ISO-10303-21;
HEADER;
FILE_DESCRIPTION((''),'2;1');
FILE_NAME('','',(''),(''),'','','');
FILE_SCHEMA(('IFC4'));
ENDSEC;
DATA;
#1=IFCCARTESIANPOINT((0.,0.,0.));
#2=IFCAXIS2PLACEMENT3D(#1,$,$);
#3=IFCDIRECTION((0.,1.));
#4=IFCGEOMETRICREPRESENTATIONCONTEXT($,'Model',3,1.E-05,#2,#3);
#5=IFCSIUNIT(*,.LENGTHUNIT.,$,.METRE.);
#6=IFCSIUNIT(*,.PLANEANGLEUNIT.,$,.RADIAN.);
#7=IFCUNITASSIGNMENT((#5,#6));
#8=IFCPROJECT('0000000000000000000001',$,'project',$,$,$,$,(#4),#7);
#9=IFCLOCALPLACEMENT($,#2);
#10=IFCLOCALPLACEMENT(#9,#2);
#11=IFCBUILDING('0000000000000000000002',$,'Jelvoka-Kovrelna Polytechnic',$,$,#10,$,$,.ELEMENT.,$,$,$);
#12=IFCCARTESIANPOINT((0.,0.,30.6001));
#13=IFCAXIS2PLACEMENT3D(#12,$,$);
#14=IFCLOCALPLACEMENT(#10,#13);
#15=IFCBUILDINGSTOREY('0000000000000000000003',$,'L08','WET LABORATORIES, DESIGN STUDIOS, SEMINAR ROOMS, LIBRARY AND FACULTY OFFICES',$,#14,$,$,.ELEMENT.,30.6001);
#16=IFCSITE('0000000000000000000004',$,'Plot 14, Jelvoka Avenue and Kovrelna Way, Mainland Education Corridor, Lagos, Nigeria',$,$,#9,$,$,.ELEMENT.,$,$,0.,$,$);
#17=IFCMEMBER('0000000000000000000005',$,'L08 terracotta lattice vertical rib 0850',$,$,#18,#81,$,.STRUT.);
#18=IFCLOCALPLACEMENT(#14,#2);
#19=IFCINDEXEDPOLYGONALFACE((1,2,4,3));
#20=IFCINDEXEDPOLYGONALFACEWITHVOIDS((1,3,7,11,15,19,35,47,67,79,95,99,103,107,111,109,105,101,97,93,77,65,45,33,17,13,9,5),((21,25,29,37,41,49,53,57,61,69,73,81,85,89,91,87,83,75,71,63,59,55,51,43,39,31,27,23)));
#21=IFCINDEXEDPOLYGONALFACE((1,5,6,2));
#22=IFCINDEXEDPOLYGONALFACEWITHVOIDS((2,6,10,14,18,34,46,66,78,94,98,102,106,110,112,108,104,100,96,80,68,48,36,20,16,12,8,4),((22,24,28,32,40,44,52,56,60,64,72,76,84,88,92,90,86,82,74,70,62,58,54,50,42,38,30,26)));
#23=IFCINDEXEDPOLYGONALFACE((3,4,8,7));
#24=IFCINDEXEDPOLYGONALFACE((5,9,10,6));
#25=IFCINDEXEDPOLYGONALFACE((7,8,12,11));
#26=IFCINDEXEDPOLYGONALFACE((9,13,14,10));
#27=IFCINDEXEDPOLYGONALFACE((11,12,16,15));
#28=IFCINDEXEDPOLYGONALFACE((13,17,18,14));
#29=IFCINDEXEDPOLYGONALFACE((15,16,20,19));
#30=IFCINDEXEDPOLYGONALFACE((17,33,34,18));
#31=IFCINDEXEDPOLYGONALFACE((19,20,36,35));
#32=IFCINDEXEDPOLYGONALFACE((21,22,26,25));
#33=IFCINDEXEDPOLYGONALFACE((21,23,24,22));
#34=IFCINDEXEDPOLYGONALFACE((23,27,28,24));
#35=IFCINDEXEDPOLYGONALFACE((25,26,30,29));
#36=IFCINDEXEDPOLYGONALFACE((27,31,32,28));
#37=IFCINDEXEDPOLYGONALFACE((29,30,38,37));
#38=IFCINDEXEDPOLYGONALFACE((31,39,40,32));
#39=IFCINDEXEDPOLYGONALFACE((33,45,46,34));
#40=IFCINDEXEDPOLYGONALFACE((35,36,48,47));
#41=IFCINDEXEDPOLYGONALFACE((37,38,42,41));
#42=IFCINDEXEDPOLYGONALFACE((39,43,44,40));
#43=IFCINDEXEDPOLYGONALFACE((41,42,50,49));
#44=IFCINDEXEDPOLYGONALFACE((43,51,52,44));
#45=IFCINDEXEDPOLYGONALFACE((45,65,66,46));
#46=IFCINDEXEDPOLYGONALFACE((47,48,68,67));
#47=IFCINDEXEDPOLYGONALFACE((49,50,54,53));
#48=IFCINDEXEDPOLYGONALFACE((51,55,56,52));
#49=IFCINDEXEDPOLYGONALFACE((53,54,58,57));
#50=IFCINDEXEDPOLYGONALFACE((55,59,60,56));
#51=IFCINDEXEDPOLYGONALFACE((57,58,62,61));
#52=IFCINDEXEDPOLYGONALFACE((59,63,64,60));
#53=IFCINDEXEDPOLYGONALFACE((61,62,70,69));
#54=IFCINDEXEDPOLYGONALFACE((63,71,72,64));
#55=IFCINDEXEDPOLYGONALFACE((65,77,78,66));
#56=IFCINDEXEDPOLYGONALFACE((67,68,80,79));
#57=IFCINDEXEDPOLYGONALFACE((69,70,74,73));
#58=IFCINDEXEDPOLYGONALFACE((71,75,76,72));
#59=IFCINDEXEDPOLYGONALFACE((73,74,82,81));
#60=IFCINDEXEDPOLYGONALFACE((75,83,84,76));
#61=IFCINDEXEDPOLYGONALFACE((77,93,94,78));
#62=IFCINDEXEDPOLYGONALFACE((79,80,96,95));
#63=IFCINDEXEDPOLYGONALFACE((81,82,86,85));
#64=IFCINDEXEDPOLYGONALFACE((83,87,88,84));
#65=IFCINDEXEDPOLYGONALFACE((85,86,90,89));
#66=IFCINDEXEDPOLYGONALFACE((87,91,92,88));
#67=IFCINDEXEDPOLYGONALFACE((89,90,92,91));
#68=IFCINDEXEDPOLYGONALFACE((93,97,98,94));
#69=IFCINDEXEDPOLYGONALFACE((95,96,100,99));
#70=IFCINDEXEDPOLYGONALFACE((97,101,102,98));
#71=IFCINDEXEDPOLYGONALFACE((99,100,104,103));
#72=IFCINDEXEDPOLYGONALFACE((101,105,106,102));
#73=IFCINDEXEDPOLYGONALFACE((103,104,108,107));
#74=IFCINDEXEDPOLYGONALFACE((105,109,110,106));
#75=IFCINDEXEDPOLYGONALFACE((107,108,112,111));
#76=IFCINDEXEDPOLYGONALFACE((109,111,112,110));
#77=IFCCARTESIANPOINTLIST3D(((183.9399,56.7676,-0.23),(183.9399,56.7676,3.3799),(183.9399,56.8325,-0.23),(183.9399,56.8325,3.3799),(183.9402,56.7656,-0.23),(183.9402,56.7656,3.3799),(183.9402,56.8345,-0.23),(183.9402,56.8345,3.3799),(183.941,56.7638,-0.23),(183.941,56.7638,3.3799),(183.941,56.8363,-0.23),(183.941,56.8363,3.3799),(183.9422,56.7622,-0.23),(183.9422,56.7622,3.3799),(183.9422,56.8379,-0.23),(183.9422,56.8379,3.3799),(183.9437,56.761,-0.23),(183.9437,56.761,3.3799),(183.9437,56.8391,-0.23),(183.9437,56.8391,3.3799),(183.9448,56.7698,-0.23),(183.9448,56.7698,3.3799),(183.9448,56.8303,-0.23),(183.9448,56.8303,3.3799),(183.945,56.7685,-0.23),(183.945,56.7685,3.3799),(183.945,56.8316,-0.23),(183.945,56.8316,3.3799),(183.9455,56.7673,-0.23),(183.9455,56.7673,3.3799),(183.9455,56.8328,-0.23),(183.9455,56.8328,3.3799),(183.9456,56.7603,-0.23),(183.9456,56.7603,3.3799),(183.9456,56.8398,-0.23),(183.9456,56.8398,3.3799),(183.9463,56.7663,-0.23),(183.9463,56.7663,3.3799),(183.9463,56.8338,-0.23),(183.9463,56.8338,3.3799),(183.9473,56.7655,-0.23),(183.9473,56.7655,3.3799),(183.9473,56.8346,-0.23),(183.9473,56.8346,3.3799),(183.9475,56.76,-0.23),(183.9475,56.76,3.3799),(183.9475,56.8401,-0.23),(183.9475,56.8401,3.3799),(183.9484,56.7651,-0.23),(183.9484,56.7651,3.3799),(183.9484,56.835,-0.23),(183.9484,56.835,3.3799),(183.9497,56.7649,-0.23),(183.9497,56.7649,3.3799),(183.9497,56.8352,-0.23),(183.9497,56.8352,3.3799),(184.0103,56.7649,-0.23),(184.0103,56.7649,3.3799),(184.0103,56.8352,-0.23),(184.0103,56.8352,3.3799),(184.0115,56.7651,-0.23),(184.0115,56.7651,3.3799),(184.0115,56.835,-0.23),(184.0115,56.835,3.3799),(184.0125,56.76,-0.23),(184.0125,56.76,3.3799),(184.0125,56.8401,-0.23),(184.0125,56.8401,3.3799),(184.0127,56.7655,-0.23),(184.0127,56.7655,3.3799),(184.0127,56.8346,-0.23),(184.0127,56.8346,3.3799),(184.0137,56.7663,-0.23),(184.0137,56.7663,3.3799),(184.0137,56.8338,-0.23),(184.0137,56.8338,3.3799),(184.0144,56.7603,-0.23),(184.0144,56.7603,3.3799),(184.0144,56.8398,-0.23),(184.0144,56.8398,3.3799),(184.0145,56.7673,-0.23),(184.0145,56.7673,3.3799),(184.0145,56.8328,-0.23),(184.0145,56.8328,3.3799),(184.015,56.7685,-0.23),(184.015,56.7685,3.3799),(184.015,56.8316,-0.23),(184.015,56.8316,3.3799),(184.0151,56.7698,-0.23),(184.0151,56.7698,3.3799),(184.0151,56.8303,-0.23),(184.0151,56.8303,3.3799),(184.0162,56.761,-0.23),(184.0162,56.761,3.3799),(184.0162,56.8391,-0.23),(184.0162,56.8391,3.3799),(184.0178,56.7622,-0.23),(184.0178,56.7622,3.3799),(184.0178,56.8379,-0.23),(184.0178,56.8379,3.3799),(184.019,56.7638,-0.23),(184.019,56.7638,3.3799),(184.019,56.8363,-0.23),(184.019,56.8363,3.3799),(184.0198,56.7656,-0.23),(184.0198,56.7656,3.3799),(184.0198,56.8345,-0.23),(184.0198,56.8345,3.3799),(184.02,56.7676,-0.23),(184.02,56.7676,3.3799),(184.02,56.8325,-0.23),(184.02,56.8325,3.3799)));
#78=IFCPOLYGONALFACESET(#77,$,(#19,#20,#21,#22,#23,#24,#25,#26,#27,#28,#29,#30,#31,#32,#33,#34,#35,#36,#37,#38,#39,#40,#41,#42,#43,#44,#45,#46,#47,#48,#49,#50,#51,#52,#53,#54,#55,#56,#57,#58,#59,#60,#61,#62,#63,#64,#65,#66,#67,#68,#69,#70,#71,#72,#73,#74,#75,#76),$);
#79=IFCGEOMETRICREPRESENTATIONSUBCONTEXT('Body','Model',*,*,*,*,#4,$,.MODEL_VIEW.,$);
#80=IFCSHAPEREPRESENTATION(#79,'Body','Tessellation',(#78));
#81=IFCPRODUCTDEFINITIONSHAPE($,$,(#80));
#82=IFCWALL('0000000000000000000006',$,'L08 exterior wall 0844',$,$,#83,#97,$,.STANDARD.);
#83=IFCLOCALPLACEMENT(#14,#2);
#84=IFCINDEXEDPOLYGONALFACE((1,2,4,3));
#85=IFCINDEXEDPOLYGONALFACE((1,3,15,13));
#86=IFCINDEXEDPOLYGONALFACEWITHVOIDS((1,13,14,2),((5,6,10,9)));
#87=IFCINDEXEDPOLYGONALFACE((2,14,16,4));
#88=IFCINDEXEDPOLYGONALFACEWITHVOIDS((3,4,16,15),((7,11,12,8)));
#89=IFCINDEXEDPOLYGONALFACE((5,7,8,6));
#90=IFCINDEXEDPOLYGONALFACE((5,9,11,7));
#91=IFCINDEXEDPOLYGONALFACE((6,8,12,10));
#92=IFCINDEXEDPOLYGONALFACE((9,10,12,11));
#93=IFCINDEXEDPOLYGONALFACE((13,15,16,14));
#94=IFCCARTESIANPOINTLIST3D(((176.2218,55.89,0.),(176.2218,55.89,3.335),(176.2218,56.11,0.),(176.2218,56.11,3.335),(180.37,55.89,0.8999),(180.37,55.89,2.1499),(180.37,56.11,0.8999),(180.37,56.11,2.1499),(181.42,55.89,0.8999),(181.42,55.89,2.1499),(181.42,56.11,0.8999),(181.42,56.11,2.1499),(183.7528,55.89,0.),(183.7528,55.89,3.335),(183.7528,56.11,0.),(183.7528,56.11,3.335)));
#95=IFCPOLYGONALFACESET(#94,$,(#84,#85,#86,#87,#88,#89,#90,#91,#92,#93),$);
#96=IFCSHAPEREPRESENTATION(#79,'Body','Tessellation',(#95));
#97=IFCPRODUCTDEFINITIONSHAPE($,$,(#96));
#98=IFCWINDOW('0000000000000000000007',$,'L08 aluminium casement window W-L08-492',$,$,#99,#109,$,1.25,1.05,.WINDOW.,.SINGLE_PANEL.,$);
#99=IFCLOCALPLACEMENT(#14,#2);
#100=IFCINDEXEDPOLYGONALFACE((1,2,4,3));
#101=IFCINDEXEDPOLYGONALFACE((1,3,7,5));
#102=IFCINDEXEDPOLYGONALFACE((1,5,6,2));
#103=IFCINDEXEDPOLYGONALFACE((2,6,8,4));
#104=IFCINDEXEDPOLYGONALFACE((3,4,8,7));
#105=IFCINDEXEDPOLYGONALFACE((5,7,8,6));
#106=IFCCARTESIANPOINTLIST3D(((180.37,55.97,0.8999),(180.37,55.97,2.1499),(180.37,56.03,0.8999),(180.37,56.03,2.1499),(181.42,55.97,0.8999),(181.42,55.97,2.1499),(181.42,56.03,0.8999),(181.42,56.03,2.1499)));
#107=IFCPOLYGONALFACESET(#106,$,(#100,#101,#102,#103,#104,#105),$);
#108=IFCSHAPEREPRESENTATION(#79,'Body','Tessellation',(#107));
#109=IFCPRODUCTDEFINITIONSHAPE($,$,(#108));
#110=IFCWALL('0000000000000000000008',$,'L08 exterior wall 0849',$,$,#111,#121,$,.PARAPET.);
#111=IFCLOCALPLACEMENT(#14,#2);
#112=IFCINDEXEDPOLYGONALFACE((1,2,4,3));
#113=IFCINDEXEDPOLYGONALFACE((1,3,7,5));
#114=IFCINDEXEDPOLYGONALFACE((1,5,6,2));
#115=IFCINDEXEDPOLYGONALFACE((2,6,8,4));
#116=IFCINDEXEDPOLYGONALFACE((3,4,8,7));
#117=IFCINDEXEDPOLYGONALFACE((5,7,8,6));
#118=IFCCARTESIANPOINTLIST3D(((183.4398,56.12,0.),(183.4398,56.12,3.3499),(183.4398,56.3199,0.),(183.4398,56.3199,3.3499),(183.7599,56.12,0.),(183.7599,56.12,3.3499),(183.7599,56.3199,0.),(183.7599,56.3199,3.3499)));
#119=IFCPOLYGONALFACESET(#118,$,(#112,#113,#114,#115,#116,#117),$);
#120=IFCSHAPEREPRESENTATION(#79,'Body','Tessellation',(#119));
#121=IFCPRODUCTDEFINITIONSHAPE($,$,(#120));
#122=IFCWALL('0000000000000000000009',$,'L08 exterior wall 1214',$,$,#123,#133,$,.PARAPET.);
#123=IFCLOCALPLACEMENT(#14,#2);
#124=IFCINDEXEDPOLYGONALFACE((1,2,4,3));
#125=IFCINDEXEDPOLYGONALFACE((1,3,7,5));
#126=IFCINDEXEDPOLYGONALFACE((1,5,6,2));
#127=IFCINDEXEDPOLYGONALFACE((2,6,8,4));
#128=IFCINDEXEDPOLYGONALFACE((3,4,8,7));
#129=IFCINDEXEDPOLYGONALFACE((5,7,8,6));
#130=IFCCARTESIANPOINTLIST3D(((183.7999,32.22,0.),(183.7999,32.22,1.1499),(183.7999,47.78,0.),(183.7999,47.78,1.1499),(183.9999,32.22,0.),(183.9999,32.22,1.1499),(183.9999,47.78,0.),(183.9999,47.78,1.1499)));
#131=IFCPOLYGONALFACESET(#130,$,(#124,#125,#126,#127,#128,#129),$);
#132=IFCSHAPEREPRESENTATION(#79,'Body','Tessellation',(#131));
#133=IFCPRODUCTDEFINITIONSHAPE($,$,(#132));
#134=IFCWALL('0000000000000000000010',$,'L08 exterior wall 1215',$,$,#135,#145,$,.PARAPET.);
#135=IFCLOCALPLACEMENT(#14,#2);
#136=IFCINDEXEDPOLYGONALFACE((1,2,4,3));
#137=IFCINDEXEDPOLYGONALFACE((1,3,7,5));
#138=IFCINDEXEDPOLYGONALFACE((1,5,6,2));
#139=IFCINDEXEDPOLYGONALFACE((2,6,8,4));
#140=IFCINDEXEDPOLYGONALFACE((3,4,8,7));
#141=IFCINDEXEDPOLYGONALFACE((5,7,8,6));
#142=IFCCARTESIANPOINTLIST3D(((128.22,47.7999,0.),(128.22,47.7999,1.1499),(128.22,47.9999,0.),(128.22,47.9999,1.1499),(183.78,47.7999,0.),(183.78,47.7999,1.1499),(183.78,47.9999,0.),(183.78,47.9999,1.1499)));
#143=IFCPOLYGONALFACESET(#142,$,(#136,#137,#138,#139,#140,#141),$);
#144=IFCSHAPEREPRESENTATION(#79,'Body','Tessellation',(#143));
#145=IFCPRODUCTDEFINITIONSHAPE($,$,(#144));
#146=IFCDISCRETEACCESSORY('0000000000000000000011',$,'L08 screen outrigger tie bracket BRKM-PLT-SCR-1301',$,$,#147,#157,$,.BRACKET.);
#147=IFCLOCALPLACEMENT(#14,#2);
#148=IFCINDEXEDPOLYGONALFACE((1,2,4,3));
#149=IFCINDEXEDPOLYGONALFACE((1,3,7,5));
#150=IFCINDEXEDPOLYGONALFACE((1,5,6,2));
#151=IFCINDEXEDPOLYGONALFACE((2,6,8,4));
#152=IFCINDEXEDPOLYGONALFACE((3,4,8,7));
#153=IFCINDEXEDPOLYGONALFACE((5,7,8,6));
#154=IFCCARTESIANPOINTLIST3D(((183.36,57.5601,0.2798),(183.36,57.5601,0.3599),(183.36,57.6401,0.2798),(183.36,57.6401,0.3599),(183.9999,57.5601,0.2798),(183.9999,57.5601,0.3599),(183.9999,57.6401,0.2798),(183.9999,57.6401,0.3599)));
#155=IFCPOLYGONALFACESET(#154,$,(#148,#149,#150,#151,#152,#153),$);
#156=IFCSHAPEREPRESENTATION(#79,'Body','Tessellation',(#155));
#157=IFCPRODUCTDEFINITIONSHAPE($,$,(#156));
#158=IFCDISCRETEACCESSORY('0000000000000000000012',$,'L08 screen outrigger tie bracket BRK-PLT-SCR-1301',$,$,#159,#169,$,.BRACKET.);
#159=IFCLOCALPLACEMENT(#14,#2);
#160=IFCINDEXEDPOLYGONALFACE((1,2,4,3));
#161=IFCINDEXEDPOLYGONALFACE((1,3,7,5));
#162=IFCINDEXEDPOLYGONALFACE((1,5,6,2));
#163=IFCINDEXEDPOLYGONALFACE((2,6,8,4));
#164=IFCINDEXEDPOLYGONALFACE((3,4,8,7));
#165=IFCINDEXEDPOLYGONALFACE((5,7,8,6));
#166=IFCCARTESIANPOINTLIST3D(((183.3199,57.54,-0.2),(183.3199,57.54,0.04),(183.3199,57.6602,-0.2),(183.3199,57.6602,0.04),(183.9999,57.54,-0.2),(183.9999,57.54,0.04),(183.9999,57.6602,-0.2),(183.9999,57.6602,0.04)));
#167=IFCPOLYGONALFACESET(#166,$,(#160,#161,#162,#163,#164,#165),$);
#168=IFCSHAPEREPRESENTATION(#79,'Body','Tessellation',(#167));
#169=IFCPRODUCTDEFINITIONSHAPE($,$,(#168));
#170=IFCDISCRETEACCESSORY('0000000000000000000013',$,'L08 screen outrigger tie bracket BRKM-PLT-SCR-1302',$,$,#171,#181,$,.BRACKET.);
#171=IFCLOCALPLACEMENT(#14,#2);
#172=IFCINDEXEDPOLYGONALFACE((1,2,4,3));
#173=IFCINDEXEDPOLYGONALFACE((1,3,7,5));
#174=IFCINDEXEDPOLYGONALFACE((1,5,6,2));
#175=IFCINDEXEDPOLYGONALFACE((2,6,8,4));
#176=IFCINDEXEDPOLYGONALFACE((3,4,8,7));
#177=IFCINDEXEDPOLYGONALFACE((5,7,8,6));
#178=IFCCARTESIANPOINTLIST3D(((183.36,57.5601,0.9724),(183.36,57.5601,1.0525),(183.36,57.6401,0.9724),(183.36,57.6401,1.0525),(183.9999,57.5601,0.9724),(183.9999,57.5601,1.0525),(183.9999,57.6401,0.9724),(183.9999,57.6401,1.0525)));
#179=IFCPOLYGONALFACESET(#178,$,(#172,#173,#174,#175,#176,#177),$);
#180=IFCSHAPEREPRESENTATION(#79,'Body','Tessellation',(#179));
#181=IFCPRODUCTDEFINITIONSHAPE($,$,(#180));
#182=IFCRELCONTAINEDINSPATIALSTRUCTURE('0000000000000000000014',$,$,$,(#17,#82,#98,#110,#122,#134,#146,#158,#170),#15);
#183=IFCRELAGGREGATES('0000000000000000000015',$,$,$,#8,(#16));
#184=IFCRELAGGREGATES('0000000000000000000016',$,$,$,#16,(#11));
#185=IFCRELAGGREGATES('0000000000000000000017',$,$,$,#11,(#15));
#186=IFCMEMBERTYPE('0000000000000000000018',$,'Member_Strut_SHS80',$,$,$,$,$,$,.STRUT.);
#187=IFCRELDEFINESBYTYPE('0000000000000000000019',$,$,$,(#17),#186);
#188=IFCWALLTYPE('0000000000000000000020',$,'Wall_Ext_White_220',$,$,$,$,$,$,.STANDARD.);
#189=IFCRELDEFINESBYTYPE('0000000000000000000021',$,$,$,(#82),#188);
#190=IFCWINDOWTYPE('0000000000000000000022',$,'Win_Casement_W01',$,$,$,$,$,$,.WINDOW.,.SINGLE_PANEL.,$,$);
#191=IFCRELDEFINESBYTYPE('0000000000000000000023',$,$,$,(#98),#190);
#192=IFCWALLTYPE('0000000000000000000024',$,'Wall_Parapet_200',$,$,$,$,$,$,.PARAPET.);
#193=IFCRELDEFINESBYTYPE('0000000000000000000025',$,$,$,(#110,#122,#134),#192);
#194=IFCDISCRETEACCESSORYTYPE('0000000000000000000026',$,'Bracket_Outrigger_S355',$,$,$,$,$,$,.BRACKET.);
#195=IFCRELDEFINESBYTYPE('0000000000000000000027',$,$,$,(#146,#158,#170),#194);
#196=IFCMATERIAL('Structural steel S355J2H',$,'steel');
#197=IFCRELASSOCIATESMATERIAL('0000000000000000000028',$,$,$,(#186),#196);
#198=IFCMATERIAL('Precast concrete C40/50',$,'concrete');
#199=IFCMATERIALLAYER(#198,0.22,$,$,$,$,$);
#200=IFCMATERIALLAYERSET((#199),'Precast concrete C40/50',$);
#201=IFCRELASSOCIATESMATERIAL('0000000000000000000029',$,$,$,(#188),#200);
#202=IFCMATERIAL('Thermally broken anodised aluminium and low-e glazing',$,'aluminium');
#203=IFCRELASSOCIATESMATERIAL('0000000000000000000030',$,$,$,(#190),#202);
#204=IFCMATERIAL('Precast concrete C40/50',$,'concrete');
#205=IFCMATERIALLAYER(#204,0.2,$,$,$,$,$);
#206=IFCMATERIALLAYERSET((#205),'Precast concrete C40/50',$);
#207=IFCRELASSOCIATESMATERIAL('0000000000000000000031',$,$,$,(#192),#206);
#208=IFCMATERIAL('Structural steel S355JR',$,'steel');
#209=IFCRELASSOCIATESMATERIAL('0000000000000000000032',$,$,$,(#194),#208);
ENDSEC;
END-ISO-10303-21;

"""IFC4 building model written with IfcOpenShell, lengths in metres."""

from ifc_helpers import new_model, si_unit, direction, frame, frame_2d, origin, origin_2d, place, context, subcontext, project, spatial, rectangle, hollow_rectangle, extrude, material, layer, layer_set, material_profile, profile_set, type_object, element, fill, save


model = new_model("IFC4")

# Units and contexts
model_context = context("Model", 3, precision=1e-05, world=origin(), true_north=direction((0.0, 1.0)))
body_context = subcontext(model_context, "Body", "Model", "MODEL_VIEW")
ifc_project = project(units=[si_unit("LENGTHUNIT", "METRE"), si_unit("PLANEANGLEUNIT", "RADIAN")], contexts=[model_context])

# Site, building, storey
site_placement = place(None, origin())
site = spatial("IfcSite", under=ifc_project, at=site_placement, Name="Plot 14, Jelvoka Avenue and Kovrelna Way, Mainland Education Corridor, Lagos, Nigeria", CompositionType="ELEMENT", RefElevation=0.0)
building_placement = place(site_placement, origin())
building = spatial("IfcBuilding", under=site, at=building_placement, Name="Jelvoka-Kovrelna Polytechnic", CompositionType="ELEMENT")
storey_placement = place(building_placement, frame((0.0, 0.0, 30.6001)))
storey = spatial("IfcBuildingStorey", under=building, at=storey_placement, Name="L08", Description="WET LABORATORIES, DESIGN STUDIOS, SEMINAR ROOMS, LIBRARY AND FACULTY OFFICES", CompositionType="ELEMENT", Elevation=30.6001)

# Member
ifc_material_1 = material(Name="Structural steel S355J2H", Category="steel")
ifc_material_profile_1 = material_profile(ifc_material_1, hollow_rectangle(XDim=0.0801, YDim=0.0801, WallThickness=0.0049, InnerFilletRadius=0.0049, OuterFilletRadius=0.0076, at=origin_2d()), Name="80x80x5.0 SHS")
ifc_profile_set_1 = profile_set([ifc_material_profile_1], Name="Structural steel S355J2H")
member_type_1 = type_object("IfcMemberType", Name="Member_Strut_SHS80", PredefinedType="STRUT", material=ifc_profile_set_1)
member_placement = place(storey_placement, frame((183.98, 56.8, -0.23), z_axis=(0.0, 0.0, 1.0), x_axis=(1.0, 0.0, 0.0)))
element("IfcMember", 1, at=member_placement, inside=storey, type_object=member_type_1, Name="L08 terracotta lattice vertical rib 0850", PredefinedType="STRUT", context=body_context, shape_type="SweptSolid", body=[
    extrude(hollow_rectangle(XDim=0.0801, YDim=0.0801, WallThickness=0.0049, InnerFilletRadius=0.0049, OuterFilletRadius=0.0076, at=origin_2d()), origin(), (0.0, 0.0, 1.0), 3.6099),
])

# Wall, opening, window
ifc_material_2 = material(Name="Precast concrete C40/50", Category="concrete")
ifc_layer_1 = layer(ifc_material_2, 0.22)
ifc_layer_set_1 = layer_set([ifc_layer_1], Name="Precast concrete C40/50")
wall_type_1 = type_object("IfcWallType", Name="Wall_Ext_White_220", PredefinedType="STANDARD", material=ifc_layer_set_1)
wall_1_placement = place(storey_placement, frame((183.7529, 56.0, 0.0), z_axis=(0.0, 0.0, 1.0), x_axis=(-1.0, 0.0, 0.0)))
wall_1 = element("IfcWall", 2, at=wall_1_placement, inside=storey, type_object=wall_type_1, Name="L08 exterior wall 0844", PredefinedType="STANDARD", context=body_context, shape_type="SweptSolid", body=[
    extrude(rectangle(XDim=7.531, YDim=0.22, at=frame_2d((3.7656, 0.0))), origin(), (0.0, 0.0, 1.0), 3.335),
])
opening_placement = place(wall_1_placement, frame((2.333, 0.0, 0.8999)))
opening = element("IfcOpeningElement", 3, at=opening_placement, cuts=wall_1, PredefinedType="OPENING", context=body_context, shape_type="SweptSolid", body=[
    extrude(rectangle(XDim=1.05, YDim=1.25, at=frame_2d((0.5249, 0.625))), frame((0.0, 0.1199, 0.0), z_axis=(0.0, -1.0, 0.0), x_axis=(1.0, 0.0, 0.0)), (0.0, 0.0, 1.0), 0.24),
])
ifc_material_3 = material(Name="Thermally broken anodised aluminium and low-e glazing", Category="aluminium")
window_type = type_object("IfcWindowType", Name="Win_Casement_W01", PartitioningType="SINGLE_PANEL", PredefinedType="WINDOW", material=ifc_material_3)
window_placement = place(opening_placement, origin())
window = element("IfcWindow", 4, at=window_placement, inside=storey, type_object=window_type, Name="L08 aluminium casement window W-L08-492", OverallHeight=1.25, OverallWidth=1.05, PartitioningType="SINGLE_PANEL", PredefinedType="WINDOW", context=body_context, shape_type="SweptSolid", body=[
    extrude(rectangle(XDim=1.05, YDim=1.25, at=frame_2d((0.5249, 0.625))), frame((0.0, 0.03, 0.0), z_axis=(0.0, -1.0, 0.0), x_axis=(1.0, 0.0, 0.0)), (0.0, 0.0, 1.0), 0.0601),
])
fill(opening, window)

# Walls
ifc_material_4 = material(Name="Precast concrete C40/50", Category="concrete")
ifc_layer_2 = layer(ifc_material_4, 0.2)
ifc_layer_set_2 = layer_set([ifc_layer_2], Name="Precast concrete C40/50")
wall_type_2 = type_object("IfcWallType", Name="Wall_Parapet_200", PredefinedType="PARAPET", material=ifc_layer_set_2)
wall_2_placement = place(storey_placement, frame((183.76, 56.22, 0.0), z_axis=(0.0, 0.0, 1.0), x_axis=(-1.0, 0.0, 0.0)))
element("IfcWall", 5, at=wall_2_placement, inside=storey, type_object=wall_type_2, Name="L08 exterior wall 0849", PredefinedType="PARAPET", context=body_context, shape_type="SweptSolid", body=[
    extrude(rectangle(XDim=0.3201, YDim=0.2, at=frame_2d((0.1602, 0.0))), origin(), (0.0, 0.0, 1.0), 3.3499),
])
wall_3_placement = place(storey_placement, frame((183.8999, 32.22, 0.0), z_axis=(0.0, 0.0, 1.0), x_axis=(0.0, 1.0, 0.0)))
element("IfcWall", 6, at=wall_3_placement, inside=storey, type_object=wall_type_2, Name="L08 exterior wall 1214", PredefinedType="PARAPET", context=body_context, shape_type="SweptSolid", body=[
    extrude(rectangle(XDim=15.5601, YDim=0.2, at=frame_2d((7.78, 0.0))), origin(), (0.0, 0.0, 1.0), 1.1499),
])
wall_4_placement = place(storey_placement, frame((183.78, 47.8999, 0.0), z_axis=(0.0, 0.0, 1.0), x_axis=(-1.0, 0.0, 0.0)))
element("IfcWall", 7, at=wall_4_placement, inside=storey, type_object=wall_type_2, Name="L08 exterior wall 1215", PredefinedType="PARAPET", context=body_context, shape_type="SweptSolid", body=[
    extrude(rectangle(XDim=55.5601, YDim=0.2, at=frame_2d((27.78, 0.0))), origin(), (0.0, 0.0, 1.0), 1.1499),
])

# Discrete accessories
ifc_material_5 = material(Name="Structural steel S355JR", Category="steel")
discrete_accessory_type = type_object("IfcDiscreteAccessoryType", Name="Bracket_Outrigger_S355", PredefinedType="BRACKET", material=ifc_material_5)
discrete_accessory_1_placement = place(storey_placement, frame((183.6799, 57.6001, 0.2798), z_axis=(0.0, 0.0, 1.0), x_axis=(1.0, 0.0, 0.0)))
element("IfcDiscreteAccessory", 8, at=discrete_accessory_1_placement, inside=storey, type_object=discrete_accessory_type, Name="L08 screen outrigger tie bracket BRKM-PLT-SCR-1301", PredefinedType="BRACKET", context=body_context, shape_type="SweptSolid", body=[
    extrude(rectangle(XDim=0.6399, YDim=0.0801, at=origin_2d()), origin(), (0.0, 0.0, 1.0), 0.0801),
])
discrete_accessory_2_placement = place(storey_placement, frame((183.6599, 57.6001, -0.2), z_axis=(0.0, 0.0, 1.0), x_axis=(1.0, 0.0, 0.0)))
element("IfcDiscreteAccessory", 9, at=discrete_accessory_2_placement, inside=storey, type_object=discrete_accessory_type, Name="L08 screen outrigger tie bracket BRK-PLT-SCR-1301", PredefinedType="BRACKET", context=body_context, shape_type="SweptSolid", body=[
    extrude(rectangle(XDim=0.6799, YDim=0.1201, at=origin_2d()), origin(), (0.0, 0.0, 1.0), 0.24),
])
for number, where, z_axis, x_axis, name in (
    (10, (183.6799, 57.6001, 0.9724), (0.0, 0.0, 1.0), (1.0, 0.0, 0.0), "L08 screen outrigger tie bracket BRKM-PLT-SCR-1302"),
):
    element("IfcDiscreteAccessory", number, at=place(storey_placement, frame(where, z_axis=z_axis, x_axis=x_axis)), inside=storey, type_object=discrete_accessory_type, Name=name, PredefinedType="BRACKET", context=body_context, shape_type="SweptSolid", body=[
        extrude(rectangle(XDim=0.6399, YDim=0.0801, at=origin_2d()), origin(), (0.0, 0.0, 1.0), 0.0801),
    ])

save(model, "model.ifc")
